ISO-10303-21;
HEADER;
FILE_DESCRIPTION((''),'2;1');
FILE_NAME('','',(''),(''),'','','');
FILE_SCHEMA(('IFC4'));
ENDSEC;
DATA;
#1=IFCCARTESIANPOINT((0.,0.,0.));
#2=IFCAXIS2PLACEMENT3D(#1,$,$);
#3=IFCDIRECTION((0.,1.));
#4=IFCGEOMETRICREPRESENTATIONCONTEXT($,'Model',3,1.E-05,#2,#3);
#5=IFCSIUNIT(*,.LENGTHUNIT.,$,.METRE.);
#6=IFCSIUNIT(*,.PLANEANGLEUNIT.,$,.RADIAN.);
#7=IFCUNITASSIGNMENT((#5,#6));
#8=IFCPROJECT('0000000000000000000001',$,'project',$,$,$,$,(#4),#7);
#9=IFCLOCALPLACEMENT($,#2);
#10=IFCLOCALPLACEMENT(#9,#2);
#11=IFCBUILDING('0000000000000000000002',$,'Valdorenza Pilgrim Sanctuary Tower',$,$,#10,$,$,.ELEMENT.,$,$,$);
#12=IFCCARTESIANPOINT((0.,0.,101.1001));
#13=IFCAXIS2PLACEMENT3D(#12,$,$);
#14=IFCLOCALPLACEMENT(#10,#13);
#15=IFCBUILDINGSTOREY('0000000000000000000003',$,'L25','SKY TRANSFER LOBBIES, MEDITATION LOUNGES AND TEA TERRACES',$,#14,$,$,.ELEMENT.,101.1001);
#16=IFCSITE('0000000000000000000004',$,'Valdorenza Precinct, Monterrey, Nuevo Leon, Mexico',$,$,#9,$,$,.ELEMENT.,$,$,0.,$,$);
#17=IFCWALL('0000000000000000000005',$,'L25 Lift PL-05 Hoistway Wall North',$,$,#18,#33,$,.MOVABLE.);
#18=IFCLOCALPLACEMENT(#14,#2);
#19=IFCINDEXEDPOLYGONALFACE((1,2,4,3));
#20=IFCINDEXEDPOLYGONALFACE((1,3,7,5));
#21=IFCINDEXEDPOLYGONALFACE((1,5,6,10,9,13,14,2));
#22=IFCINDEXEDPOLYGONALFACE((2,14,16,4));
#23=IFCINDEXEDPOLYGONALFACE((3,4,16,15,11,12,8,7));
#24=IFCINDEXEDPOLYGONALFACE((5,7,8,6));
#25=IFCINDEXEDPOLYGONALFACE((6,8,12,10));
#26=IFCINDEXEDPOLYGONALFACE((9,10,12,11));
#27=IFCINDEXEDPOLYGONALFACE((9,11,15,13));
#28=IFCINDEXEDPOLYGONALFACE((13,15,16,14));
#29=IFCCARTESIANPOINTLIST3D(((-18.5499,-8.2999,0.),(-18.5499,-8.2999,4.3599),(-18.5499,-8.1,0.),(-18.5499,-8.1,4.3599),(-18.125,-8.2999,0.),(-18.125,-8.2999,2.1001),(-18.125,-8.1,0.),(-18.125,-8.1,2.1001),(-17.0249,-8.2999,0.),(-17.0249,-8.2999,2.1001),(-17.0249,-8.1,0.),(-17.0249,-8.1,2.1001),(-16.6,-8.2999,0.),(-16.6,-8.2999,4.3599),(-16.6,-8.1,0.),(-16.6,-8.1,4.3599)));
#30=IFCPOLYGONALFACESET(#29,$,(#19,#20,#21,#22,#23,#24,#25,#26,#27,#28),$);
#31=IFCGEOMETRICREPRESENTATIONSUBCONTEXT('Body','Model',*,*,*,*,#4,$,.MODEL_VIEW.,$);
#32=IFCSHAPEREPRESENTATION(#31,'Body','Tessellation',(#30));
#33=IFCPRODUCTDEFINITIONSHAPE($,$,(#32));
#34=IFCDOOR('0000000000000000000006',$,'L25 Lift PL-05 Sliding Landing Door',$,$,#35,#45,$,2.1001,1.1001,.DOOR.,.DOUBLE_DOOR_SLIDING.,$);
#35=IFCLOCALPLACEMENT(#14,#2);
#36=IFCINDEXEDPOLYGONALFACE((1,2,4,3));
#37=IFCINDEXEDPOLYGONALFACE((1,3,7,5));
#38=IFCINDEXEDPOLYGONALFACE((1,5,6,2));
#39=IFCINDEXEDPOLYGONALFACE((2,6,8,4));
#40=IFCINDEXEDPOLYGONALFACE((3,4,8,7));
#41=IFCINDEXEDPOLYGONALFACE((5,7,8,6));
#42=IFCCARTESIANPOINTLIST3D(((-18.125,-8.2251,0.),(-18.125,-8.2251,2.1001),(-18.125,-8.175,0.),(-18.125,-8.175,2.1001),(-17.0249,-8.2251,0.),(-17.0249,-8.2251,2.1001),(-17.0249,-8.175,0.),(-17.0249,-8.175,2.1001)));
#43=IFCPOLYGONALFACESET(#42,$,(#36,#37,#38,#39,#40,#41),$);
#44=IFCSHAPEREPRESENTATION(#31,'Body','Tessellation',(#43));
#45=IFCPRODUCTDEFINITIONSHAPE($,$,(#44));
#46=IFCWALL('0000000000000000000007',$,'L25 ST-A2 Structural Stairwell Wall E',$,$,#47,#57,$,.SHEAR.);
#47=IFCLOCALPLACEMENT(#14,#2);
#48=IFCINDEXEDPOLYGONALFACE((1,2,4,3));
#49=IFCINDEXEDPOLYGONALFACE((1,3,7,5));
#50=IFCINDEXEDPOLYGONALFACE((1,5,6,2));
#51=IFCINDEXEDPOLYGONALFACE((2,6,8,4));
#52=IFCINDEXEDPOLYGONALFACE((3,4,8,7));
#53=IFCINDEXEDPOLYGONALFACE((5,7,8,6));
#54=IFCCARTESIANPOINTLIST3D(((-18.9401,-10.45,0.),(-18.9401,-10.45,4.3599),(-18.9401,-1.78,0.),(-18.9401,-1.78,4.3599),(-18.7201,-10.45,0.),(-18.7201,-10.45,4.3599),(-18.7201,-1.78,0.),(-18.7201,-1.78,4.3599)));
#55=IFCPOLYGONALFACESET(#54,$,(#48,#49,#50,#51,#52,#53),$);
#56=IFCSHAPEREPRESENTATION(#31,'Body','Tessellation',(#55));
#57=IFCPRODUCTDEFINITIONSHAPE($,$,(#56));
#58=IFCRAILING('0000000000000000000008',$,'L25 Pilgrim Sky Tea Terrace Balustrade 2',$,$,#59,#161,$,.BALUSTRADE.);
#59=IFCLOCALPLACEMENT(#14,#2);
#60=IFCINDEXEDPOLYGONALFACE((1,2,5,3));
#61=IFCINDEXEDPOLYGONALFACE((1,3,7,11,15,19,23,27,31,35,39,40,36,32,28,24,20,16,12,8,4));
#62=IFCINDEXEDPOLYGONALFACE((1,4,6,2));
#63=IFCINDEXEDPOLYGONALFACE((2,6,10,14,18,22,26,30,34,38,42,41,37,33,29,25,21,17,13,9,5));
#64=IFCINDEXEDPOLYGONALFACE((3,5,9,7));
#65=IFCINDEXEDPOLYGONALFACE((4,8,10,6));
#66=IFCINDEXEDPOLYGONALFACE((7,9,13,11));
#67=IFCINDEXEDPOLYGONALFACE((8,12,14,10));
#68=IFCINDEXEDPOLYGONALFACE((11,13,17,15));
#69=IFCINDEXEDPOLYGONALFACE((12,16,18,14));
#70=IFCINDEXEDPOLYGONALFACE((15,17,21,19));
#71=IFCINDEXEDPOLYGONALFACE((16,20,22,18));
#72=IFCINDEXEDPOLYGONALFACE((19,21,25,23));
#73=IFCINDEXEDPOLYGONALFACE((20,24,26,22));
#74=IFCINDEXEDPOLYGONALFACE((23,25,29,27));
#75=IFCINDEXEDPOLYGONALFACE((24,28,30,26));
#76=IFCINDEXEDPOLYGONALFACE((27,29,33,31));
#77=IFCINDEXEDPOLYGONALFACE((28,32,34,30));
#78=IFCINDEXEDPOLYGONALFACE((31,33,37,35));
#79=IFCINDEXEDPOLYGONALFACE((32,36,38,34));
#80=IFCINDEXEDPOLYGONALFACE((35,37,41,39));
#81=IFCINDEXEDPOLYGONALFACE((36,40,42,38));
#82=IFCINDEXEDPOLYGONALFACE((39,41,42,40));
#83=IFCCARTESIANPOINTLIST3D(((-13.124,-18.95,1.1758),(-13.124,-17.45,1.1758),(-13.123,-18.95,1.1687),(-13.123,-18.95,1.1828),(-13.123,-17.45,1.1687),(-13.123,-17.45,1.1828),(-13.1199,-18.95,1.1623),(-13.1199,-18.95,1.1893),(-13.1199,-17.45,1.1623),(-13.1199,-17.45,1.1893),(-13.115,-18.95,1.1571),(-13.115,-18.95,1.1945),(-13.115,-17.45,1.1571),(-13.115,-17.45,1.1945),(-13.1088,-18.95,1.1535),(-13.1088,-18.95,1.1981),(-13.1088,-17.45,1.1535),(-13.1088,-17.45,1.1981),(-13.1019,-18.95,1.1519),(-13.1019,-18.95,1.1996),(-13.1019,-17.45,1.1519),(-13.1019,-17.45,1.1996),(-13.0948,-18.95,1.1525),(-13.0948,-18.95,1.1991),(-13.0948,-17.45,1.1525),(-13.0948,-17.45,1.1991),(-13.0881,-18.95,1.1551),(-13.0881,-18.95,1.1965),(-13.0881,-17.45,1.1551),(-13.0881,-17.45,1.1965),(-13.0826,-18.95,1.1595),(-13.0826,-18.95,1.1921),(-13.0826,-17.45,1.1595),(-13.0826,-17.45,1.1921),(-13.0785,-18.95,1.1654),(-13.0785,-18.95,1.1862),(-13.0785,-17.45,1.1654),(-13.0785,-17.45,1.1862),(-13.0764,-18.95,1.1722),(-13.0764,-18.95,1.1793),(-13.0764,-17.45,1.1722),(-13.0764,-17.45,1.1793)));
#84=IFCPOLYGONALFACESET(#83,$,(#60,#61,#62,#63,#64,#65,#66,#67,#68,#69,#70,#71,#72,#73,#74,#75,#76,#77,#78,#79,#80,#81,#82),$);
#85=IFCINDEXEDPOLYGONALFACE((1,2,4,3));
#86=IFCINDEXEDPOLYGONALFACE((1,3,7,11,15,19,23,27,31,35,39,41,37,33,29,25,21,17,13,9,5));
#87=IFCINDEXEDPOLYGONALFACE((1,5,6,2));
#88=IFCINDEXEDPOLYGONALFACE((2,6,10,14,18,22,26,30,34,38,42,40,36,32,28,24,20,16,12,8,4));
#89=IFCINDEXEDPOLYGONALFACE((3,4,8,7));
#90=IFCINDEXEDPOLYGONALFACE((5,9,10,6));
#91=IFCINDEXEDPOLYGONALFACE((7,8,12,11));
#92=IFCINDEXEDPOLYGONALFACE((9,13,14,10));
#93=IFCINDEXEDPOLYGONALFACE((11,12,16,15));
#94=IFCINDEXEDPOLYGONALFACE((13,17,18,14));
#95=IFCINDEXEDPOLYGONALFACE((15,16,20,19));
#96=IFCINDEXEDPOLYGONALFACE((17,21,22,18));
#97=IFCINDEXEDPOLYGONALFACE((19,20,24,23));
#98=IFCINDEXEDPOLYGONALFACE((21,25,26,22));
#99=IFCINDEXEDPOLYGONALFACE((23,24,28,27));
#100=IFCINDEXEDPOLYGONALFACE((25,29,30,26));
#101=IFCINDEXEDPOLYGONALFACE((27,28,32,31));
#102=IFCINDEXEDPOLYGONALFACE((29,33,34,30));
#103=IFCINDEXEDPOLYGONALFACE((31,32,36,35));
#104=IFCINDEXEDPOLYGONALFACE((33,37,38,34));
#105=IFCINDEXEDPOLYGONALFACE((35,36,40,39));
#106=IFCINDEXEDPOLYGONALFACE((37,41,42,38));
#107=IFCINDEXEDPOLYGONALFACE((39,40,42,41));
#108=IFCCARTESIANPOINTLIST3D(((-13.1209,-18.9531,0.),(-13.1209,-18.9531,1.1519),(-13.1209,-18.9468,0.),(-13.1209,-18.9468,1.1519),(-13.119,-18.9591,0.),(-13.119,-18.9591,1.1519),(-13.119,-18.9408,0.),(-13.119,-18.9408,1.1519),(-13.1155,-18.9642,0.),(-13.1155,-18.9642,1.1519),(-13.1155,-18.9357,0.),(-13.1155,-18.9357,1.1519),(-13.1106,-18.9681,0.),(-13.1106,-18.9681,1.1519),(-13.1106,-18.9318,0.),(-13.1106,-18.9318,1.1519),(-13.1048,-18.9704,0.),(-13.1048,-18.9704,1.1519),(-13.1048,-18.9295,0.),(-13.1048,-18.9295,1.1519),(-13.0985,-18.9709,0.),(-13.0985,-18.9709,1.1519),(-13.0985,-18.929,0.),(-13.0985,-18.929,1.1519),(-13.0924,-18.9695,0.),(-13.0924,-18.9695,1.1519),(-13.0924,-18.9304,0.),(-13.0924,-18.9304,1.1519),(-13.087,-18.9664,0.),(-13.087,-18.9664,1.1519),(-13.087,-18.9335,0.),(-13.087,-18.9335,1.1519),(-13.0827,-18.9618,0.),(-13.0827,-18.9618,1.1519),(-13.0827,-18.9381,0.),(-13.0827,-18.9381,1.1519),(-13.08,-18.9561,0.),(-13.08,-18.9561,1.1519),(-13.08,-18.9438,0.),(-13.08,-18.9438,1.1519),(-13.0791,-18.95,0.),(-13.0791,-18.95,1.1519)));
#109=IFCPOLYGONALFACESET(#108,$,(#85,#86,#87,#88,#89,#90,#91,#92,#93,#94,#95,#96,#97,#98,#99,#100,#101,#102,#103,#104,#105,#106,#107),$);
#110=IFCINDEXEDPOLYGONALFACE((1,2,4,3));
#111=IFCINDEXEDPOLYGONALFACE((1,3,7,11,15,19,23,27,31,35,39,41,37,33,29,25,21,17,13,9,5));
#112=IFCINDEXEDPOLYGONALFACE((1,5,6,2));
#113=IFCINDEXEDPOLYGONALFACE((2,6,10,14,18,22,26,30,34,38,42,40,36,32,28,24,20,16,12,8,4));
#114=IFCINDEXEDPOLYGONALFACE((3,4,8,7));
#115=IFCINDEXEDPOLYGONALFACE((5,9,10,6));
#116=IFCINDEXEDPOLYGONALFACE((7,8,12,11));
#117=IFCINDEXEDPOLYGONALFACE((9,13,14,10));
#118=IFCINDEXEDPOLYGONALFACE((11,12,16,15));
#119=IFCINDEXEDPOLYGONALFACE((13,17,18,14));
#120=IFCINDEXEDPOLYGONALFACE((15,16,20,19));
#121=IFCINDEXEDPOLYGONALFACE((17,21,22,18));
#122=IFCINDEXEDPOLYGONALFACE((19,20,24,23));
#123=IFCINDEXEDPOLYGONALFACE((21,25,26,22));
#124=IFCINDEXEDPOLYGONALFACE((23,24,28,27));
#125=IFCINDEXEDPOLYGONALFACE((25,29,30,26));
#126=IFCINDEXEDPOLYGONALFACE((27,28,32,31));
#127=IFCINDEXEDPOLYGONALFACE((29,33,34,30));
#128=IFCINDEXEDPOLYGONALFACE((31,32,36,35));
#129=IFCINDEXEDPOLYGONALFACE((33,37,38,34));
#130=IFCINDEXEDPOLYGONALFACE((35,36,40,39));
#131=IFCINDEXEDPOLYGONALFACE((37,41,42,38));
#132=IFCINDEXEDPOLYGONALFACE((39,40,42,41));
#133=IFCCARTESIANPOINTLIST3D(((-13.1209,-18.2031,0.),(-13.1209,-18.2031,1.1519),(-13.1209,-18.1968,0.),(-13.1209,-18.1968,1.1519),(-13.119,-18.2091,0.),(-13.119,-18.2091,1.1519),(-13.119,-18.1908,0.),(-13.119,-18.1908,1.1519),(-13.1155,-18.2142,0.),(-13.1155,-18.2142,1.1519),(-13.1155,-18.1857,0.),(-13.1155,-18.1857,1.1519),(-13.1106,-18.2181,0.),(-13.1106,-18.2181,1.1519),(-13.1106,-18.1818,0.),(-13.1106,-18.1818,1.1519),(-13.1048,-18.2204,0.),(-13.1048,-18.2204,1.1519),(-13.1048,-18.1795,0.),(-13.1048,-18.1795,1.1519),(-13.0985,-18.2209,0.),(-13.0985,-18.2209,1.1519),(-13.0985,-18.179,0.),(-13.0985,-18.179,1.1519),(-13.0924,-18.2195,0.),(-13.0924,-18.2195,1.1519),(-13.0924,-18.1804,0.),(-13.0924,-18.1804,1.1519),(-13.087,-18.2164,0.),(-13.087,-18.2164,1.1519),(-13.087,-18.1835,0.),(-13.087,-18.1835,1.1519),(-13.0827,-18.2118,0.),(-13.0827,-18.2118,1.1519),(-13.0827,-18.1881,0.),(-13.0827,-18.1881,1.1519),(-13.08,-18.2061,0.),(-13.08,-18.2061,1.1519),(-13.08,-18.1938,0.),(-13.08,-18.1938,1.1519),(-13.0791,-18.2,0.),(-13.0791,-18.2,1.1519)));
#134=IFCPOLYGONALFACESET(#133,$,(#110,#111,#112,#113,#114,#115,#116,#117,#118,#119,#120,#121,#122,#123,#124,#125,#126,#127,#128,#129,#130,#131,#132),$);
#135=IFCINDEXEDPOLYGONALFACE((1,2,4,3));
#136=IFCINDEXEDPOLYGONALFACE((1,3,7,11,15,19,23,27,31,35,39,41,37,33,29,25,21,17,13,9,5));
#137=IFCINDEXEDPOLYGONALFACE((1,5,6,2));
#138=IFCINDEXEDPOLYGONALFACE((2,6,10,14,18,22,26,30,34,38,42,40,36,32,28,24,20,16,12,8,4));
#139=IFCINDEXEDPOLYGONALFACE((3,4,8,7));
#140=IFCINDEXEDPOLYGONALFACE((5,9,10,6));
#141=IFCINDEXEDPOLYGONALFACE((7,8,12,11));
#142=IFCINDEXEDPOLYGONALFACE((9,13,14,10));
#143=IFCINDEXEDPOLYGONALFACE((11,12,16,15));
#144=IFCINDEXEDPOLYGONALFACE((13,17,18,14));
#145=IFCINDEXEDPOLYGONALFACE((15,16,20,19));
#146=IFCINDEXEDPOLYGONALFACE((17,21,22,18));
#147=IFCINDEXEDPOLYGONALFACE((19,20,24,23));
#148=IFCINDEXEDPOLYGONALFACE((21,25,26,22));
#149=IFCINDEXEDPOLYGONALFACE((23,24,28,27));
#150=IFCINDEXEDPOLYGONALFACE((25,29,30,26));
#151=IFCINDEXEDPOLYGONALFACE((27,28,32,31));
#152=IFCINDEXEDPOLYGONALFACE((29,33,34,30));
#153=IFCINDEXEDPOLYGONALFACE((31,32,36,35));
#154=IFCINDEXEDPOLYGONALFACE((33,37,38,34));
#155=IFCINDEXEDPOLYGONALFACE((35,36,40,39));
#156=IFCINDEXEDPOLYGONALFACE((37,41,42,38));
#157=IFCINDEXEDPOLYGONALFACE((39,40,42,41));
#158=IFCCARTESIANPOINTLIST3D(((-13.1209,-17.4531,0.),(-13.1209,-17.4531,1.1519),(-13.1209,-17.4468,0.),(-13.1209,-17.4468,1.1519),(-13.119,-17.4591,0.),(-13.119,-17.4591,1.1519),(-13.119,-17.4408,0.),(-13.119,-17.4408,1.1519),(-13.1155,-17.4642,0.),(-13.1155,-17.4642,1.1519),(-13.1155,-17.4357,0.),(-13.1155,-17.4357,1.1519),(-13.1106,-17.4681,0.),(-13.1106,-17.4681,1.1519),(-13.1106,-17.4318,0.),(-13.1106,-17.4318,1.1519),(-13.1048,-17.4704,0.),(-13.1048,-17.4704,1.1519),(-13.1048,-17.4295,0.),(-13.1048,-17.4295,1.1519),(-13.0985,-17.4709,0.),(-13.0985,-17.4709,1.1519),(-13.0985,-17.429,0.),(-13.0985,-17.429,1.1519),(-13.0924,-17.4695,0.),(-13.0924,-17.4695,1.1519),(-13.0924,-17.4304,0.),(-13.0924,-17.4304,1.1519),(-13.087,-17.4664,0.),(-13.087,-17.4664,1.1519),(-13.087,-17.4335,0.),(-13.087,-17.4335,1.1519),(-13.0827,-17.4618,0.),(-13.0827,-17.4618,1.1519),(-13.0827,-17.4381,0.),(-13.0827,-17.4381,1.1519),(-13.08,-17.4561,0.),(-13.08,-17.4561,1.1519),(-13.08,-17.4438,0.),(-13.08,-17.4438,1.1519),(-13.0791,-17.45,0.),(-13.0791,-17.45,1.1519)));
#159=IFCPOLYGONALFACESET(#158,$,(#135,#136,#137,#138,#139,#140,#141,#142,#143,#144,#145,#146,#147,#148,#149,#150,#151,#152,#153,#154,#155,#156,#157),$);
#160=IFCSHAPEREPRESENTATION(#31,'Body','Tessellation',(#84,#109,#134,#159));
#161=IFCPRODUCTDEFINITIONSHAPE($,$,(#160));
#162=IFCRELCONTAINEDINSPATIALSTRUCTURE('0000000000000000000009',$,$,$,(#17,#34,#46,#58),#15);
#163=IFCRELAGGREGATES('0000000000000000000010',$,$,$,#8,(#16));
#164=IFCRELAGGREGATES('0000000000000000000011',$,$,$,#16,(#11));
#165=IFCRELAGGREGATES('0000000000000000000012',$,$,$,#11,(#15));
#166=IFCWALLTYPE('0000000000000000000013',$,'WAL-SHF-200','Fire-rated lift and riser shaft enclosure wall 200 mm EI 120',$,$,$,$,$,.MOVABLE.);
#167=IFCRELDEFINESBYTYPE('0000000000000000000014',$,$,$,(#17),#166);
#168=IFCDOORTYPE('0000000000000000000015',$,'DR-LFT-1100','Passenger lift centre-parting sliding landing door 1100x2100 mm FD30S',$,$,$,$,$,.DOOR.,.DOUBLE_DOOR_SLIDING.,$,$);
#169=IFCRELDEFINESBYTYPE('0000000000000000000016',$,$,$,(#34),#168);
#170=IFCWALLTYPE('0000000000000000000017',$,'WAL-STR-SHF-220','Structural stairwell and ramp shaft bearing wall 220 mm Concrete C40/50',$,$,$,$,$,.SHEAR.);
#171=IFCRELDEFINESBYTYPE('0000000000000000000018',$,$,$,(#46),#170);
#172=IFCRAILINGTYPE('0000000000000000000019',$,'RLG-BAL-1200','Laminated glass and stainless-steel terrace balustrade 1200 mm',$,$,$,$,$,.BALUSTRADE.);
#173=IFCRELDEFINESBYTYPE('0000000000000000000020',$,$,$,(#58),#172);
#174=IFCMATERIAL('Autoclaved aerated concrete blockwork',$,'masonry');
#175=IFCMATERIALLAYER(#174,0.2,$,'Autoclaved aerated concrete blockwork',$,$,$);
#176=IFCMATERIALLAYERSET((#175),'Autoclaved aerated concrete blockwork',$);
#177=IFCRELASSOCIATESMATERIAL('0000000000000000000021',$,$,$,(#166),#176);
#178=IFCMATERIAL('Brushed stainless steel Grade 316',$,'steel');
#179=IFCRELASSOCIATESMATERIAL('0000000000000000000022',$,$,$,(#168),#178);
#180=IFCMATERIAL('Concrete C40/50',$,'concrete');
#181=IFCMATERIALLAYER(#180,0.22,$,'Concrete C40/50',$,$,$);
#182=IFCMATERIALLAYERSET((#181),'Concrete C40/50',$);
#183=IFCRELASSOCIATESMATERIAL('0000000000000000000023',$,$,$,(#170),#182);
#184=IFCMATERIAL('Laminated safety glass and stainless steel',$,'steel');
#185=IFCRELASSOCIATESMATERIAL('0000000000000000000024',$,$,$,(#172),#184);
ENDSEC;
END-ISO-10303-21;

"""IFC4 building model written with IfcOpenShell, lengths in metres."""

from ifc_helpers import new_model, si_unit, direction, frame, frame_2d, origin, origin_2d, place, context, subcontext, project, spatial, rectangle, circle, extrude, material, layer, layer_set, type_object, element, fill, save


model = new_model("IFC4")

# Units and contexts
model_context = context("Model", 3, precision=1e-05, world=origin(), true_north=direction((0.0, 1.0)))
body_context = subcontext(model_context, "Body", "Model", "MODEL_VIEW")
ifc_project = project(units=[si_unit("LENGTHUNIT", "METRE"), si_unit("PLANEANGLEUNIT", "RADIAN")], contexts=[model_context])

# Site, building, storey
site_placement = place(None, origin())
site = spatial("IfcSite", under=ifc_project, at=site_placement, Name="Valdorenza Precinct, Monterrey, Nuevo Leon, Mexico", CompositionType="ELEMENT", RefElevation=0.0)
building_placement = place(site_placement, origin())
building = spatial("IfcBuilding", under=site, at=building_placement, Name="Valdorenza Pilgrim Sanctuary Tower", CompositionType="ELEMENT")
storey_placement = place(building_placement, frame((0.0, 0.0, 101.1001)))
storey = spatial("IfcBuildingStorey", under=building, at=storey_placement, Name="L25", Description="SKY TRANSFER LOBBIES, MEDITATION LOUNGES AND TEA TERRACES", CompositionType="ELEMENT", Elevation=101.1001)

# Shared definitions
ifc_material_1 = material(Name="Autoclaved aerated concrete blockwork", Category="masonry")
ifc_layer_1 = layer(ifc_material_1, 0.2, Name="Autoclaved aerated concrete blockwork")
ifc_layer_set_1 = layer_set([ifc_layer_1], Name="Autoclaved aerated concrete blockwork")
wall_type_1 = type_object("IfcWallType", Name="WAL-SHF-200", Description="Fire-rated lift and riser shaft enclosure wall 200 mm EI 120", PredefinedType="MOVABLE", material=ifc_layer_set_1)

# Shared definitions
ifc_material_2 = material(Name="Brushed stainless steel Grade 316", Category="steel")
door_type_1 = type_object("IfcDoorType", Name="DR-LFT-1100", Description="Passenger lift centre-parting sliding landing door 1100x2100 mm FD30S", OperationType="DOUBLE_DOOR_SLIDING", PredefinedType="DOOR", material=ifc_material_2)

# Wall, opening, door
wall_1_placement = place(storey_placement, frame((-18.55, -8.2, 0.0), z_axis=(0.0, 0.0, 1.0), x_axis=(1.0, 0.0, 0.0)))
wall_1 = element("IfcWall", 1, at=wall_1_placement, inside=storey, type_object=wall_type_1, Name="L25 Lift PL-05 Hoistway Wall North", PredefinedType="MOVABLE", context=body_context, shape_type="SweptSolid", body=[
    extrude(rectangle(XDim=1.95, YDim=0.2, at=frame_2d((0.9751, 0.0))), origin(), (0.0, 0.0, 1.0), 4.3599),
])
opening_1_placement = place(wall_1_placement, frame((0.425, 0.0, 0.0)))
opening_1 = element("IfcOpeningElement", 2, at=opening_1_placement, cuts=wall_1, PredefinedType="OPENING", context=body_context, shape_type="SweptSolid", body=[
    extrude(rectangle(XDim=1.1001, YDim=2.1001, at=frame_2d((0.55, 1.05))), frame((0.0, 0.1147, 0.0), z_axis=(0.0, -1.0, 0.0), x_axis=(1.0, 0.0, 0.0)), (0.0, 0.0, 1.0), 0.2297),
])
door_1_placement = place(opening_1_placement, origin())
door_1 = element("IfcDoor", 3, at=door_1_placement, inside=storey, type_object=door_type_1, Name="L25 Lift PL-05 Sliding Landing Door", OperationType="DOUBLE_DOOR_SLIDING", OverallHeight=2.1001, OverallWidth=1.1001, PredefinedType="DOOR", context=body_context, shape_type="SweptSolid", body=[
    extrude(rectangle(XDim=1.1001, YDim=2.1001, at=frame_2d((0.55, 1.05))), frame((0.0, 0.0249, 0.0), z_axis=(0.0, -1.0, 0.0), x_axis=(1.0, 0.0, 0.0)), (0.0, 0.0, 1.0), 0.05),
])
fill(opening_1, door_1)

# Wall
ifc_material_3 = material(Name="Concrete C40/50", Category="concrete")
ifc_layer_2 = layer(ifc_material_3, 0.22, Name="Concrete C40/50")
ifc_layer_set_2 = layer_set([ifc_layer_2], Name="Concrete C40/50")
wall_type_2 = type_object("IfcWallType", Name="WAL-STR-SHF-220", Description="Structural stairwell and ramp shaft bearing wall 220 mm Concrete C40/50", PredefinedType="SHEAR", material=ifc_layer_set_2)
wall_2_placement = place(storey_placement, frame((-18.8301, -10.45, 0.0), z_axis=(0.0, 0.0, 1.0), x_axis=(0.0, 1.0, 0.0)))
element("IfcWall", 4, at=wall_2_placement, inside=storey, type_object=wall_type_2, Name="L25 ST-A2 Structural Stairwell Wall E", PredefinedType="SHEAR", context=body_context, shape_type="SweptSolid", body=[
    extrude(rectangle(XDim=8.6699, YDim=0.22, at=frame_2d((4.335, 0.0))), origin(), (0.0, 0.0, 1.0), 4.3599),
])

# Railing
ifc_material_4 = material(Name="Laminated safety glass and stainless steel", Category="steel")
railing_type_1 = type_object("IfcRailingType", Name="RLG-BAL-1200", Description="Laminated glass and stainless-steel terrace balustrade 1200 mm", PredefinedType="BALUSTRADE", material=ifc_material_4)
railing_1_placement = place(storey_placement, frame((-13.1001, -18.95, 0.0)))
element("IfcRailing", 5, at=railing_1_placement, inside=storey, type_object=railing_type_1, Name="L25 Pilgrim Sky Tea Terrace Balustrade 2", PredefinedType="BALUSTRADE", context=body_context, shape_type="SweptSolid", body=[
    extrude(circle(Radius=0.0239, at=origin_2d()), frame((0.0, 0.0, 1.1758), z_axis=(0.0, 1.0, 0.0), x_axis=(-1.0, 0.0, 0.0)), (0.0, 0.0, 1.0), 1.5),
    extrude(circle(Radius=0.021, at=origin_2d()), origin(), (0.0, 0.0, 1.0), 1.1519),
    extrude(circle(Radius=0.021, at=origin_2d()), frame((0.0, 0.75, 0.0)), (0.0, 0.0, 1.0), 1.1519),
    extrude(circle(Radius=0.021, at=origin_2d()), frame((0.0, 1.5, 0.0)), (0.0, 0.0, 1.0), 1.1519),
])

save(model, "model.ifc")
